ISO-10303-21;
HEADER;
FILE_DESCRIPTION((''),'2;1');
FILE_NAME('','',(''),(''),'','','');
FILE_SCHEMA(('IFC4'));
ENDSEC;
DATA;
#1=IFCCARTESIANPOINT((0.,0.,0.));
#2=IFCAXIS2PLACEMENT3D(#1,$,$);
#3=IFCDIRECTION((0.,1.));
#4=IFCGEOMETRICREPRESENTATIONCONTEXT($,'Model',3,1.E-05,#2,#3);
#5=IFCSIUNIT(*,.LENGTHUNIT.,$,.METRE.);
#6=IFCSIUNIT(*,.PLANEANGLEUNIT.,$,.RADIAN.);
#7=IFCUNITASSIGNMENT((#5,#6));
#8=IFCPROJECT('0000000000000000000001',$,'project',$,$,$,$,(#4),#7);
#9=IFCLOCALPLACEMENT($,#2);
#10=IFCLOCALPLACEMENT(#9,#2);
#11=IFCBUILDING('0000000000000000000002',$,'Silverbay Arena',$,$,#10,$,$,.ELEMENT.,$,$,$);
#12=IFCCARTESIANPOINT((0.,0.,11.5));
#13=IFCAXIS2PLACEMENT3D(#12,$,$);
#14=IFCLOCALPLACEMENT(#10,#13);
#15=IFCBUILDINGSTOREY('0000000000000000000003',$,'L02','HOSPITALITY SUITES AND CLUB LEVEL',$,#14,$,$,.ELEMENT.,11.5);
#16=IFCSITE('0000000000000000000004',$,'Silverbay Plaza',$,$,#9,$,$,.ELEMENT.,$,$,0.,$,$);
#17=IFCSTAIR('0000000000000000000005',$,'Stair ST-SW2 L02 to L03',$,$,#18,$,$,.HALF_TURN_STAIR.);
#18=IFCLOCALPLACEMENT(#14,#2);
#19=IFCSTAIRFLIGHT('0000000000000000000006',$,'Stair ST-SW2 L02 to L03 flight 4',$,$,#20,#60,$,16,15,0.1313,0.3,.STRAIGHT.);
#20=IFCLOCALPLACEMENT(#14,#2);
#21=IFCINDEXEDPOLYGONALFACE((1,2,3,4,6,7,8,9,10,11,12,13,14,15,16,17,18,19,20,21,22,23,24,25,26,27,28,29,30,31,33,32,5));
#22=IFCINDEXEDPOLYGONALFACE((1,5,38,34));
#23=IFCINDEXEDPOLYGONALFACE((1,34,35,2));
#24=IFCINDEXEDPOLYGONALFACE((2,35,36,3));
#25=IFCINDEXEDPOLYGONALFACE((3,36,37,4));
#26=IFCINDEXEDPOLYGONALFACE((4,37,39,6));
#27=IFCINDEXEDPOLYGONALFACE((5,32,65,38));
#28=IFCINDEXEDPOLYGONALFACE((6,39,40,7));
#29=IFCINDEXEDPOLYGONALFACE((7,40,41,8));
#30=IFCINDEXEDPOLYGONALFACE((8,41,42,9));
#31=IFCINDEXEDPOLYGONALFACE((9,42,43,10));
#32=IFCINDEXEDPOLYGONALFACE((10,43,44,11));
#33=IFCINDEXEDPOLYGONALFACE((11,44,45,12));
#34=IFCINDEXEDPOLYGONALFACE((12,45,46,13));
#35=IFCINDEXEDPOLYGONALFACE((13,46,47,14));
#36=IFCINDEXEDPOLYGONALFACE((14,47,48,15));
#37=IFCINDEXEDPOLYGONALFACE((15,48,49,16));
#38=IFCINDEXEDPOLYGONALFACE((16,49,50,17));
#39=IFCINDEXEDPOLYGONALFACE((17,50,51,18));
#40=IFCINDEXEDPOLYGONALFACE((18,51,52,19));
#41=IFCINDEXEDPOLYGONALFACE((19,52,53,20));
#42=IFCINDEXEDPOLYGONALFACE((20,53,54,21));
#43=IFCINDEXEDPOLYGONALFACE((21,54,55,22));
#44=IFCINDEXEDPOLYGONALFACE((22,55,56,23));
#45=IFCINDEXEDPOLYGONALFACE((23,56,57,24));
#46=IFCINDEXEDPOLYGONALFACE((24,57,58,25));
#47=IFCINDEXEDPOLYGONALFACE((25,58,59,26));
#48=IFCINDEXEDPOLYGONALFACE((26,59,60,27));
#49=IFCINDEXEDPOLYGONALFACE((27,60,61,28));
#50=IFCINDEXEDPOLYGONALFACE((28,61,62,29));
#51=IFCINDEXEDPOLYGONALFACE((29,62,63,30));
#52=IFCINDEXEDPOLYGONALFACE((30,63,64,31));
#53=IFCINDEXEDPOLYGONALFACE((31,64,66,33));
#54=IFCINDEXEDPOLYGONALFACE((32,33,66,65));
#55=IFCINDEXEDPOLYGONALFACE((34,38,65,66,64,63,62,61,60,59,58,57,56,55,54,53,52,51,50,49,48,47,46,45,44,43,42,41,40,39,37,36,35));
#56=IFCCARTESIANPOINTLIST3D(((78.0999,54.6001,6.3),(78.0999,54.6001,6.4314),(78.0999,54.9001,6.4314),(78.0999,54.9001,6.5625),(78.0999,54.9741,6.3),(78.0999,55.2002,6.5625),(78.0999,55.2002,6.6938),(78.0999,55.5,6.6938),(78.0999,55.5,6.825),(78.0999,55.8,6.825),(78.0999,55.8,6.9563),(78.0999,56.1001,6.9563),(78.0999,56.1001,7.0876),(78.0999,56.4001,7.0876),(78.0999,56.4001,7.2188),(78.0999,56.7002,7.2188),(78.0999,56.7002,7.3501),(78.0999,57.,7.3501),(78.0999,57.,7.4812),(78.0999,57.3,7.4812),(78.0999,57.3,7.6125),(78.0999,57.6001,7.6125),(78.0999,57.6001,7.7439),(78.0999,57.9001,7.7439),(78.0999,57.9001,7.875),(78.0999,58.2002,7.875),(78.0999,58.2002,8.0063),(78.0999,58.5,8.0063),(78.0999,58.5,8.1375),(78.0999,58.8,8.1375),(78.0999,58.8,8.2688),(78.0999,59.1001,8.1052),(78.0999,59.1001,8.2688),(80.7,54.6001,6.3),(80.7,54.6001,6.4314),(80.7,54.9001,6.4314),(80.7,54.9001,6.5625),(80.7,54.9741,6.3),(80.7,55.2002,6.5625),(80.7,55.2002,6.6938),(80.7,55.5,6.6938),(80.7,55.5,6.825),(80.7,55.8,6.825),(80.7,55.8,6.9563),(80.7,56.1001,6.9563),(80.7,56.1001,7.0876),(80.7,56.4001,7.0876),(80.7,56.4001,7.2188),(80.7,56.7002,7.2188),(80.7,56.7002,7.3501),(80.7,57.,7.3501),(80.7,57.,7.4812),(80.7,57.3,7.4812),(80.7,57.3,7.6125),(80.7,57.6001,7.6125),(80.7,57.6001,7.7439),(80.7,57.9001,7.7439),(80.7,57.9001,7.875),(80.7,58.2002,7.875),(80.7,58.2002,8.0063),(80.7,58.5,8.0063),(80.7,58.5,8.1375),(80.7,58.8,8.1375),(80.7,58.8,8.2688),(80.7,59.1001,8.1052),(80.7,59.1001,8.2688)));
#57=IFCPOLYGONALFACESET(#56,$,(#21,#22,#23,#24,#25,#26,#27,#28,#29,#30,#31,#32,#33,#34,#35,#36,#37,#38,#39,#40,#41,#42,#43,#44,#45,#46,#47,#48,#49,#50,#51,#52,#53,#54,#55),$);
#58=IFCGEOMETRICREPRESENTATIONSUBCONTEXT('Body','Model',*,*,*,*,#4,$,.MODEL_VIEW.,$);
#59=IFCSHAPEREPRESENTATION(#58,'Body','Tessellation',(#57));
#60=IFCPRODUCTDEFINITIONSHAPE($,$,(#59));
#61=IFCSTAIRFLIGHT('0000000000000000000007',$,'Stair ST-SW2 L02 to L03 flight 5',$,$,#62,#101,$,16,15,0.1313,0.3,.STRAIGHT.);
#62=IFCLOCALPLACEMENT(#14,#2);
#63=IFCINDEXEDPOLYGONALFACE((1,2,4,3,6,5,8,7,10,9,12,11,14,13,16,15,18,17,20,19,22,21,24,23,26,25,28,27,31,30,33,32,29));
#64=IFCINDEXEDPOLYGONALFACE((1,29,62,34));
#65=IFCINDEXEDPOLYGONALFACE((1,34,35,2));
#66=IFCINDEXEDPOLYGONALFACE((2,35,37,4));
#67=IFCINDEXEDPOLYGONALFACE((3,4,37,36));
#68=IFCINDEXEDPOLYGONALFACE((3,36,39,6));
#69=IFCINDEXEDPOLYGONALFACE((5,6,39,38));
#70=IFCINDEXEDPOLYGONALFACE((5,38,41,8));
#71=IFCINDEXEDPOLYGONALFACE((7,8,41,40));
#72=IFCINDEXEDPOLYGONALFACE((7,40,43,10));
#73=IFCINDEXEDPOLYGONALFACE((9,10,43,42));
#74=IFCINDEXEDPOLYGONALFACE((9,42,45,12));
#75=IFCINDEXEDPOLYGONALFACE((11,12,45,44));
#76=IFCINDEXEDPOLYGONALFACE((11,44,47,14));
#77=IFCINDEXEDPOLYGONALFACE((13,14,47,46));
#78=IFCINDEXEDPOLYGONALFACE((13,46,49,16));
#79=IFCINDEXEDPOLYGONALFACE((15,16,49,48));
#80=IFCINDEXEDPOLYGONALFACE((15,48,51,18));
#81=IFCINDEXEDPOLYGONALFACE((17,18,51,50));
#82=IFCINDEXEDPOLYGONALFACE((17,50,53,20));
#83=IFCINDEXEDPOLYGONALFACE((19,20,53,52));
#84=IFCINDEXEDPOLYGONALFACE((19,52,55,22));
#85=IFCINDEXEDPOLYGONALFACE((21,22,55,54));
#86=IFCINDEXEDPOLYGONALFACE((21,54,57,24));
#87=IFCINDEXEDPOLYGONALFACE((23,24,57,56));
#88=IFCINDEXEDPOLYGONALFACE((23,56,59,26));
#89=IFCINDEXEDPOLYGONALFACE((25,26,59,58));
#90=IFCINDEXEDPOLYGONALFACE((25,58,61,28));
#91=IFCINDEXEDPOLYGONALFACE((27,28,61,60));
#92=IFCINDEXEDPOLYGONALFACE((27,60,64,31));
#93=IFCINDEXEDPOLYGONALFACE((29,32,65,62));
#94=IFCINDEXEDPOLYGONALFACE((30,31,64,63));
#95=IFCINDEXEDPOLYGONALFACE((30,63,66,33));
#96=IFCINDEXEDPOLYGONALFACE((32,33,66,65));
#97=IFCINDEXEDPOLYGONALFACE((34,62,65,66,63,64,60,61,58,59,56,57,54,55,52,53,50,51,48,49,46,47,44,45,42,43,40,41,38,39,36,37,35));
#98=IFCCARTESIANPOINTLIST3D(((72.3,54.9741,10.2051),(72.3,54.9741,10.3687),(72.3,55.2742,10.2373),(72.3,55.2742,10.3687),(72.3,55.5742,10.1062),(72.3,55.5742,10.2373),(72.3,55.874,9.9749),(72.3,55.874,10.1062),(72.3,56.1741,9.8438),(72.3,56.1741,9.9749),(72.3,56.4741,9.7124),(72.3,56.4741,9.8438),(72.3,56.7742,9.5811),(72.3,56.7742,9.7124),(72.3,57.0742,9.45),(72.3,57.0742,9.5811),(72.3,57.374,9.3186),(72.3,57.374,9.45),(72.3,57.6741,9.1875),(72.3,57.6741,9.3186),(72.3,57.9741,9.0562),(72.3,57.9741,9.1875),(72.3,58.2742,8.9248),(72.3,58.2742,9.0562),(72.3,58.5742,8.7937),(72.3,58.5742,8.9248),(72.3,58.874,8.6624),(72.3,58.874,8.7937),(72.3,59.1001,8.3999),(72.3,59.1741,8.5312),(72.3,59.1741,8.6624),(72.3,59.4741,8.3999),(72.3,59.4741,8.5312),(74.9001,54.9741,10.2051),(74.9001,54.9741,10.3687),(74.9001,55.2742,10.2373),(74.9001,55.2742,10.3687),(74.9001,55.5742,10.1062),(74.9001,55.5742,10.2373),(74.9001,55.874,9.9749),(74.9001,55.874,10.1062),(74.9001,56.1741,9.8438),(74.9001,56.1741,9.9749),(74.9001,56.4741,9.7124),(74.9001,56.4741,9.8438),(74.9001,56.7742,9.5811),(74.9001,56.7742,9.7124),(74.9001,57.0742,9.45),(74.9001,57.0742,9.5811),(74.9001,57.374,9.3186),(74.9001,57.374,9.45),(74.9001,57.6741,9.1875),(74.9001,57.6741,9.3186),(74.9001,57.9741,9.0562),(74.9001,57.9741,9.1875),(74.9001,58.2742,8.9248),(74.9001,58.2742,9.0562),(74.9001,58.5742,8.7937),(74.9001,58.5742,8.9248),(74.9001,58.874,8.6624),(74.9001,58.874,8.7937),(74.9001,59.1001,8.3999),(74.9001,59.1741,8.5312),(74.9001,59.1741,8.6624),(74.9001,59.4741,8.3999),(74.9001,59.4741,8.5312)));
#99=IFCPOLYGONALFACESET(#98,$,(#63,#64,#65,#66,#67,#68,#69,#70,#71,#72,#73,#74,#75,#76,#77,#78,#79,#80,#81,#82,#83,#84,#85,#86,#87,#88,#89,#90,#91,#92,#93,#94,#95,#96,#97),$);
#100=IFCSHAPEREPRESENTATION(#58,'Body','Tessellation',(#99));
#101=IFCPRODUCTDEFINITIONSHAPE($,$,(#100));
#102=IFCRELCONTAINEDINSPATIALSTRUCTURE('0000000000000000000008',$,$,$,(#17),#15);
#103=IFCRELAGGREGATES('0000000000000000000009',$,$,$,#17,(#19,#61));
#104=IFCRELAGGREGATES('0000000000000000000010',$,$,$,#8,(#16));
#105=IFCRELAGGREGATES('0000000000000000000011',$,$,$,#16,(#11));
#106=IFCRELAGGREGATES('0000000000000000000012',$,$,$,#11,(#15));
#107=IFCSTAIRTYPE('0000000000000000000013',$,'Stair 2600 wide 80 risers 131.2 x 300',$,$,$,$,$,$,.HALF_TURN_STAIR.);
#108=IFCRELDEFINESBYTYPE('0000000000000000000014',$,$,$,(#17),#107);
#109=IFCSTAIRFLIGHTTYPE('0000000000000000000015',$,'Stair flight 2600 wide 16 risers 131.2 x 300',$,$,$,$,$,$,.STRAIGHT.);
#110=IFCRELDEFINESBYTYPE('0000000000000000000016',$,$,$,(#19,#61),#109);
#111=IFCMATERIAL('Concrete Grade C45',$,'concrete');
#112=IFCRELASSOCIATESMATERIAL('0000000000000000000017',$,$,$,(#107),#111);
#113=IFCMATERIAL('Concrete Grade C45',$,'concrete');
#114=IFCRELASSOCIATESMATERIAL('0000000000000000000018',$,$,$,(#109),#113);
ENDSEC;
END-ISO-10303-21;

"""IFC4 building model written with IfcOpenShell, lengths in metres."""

from ifc_helpers import new_model, si_unit, direction, frame, origin, place, context, subcontext, project, spatial, polyline, outline, extrude, material, type_object, element, aggregate, save


model = new_model("IFC4")

# Units and contexts
model_context = context("Model", 3, precision=1e-05, world=origin(), true_north=direction((0.0, 1.0)))
body_context = subcontext(model_context, "Body", "Model", "MODEL_VIEW")
ifc_project = project(units=[si_unit("LENGTHUNIT", "METRE"), si_unit("PLANEANGLEUNIT", "RADIAN")], contexts=[model_context])

# Site, building, storey
site_placement = place(None, origin())
site = spatial("IfcSite", under=ifc_project, at=site_placement, Name="Silverbay Plaza", CompositionType="ELEMENT", RefElevation=0.0)
building_placement = place(site_placement, origin())
building = spatial("IfcBuilding", under=site, at=building_placement, Name="Silverbay Arena", CompositionType="ELEMENT")
storey_placement = place(building_placement, frame((0.0, 0.0, 11.5)))
storey = spatial("IfcBuildingStorey", under=building, at=storey_placement, Name="L02", Description="HOSPITALITY SUITES AND CLUB LEVEL", CompositionType="ELEMENT", Elevation=11.5)

# Stair, stair flights
ifc_material_1 = material(Name="Concrete Grade C45", Category="concrete")
stair_type = type_object("IfcStairType", Name="Stair 2600 wide 80 risers 131.2 x 300", PredefinedType="HALF_TURN_STAIR", material=ifc_material_1)
stair_placement = place(storey_placement, origin())
stair = element("IfcStair", 1, at=stair_placement, inside=storey, type_object=stair_type, Name="Stair ST-SW2 L02 to L03", PredefinedType="HALF_TURN_STAIR")
ifc_material_2 = material(Name="Concrete Grade C45", Category="concrete")
stair_flight_type = type_object("IfcStairFlightType", Name="Stair flight 2600 wide 16 risers 131.2 x 300", PredefinedType="STRAIGHT", material=ifc_material_2)
stair_flight_1_placement = place(storey_placement, frame((79.3999, 54.6001, 6.3), z_axis=(0.0, 0.0, 1.0), x_axis=(0.0, 1.0, 0.0)))
stair_flight_1 = element("IfcStairFlight", 2, at=stair_flight_1_placement, type_object=stair_flight_type, Name="Stair ST-SW2 L02 to L03 flight 4", NumberOfRisers=16, NumberOfTreads=15, PredefinedType="STRAIGHT", RiserHeight=0.1313, TreadLength=0.3, context=body_context, shape_type="SweptSolid", body=[
    extrude(outline(polyline([(0.0, 0.0), (0.0, 0.1313), (0.3, 0.1313), (0.3, 0.2625), (0.6001, 0.2625), (0.6001, 0.3938), (0.8999, 0.3938), (0.8999, 0.5249), (1.2, 0.5249), (1.2, 0.6562), (1.5, 0.6562), (1.5, 0.7876), (1.8, 0.7876), (1.8, 0.9187), (2.1001, 0.9187), (2.1001, 1.05), (2.3999, 1.05), (2.3999, 1.1812), (2.7, 1.1812), (2.7, 1.3125), (3.0, 1.3125), (3.0, 1.4438), (3.3, 1.4438), (3.3, 1.575), (3.6001, 1.575), (3.6001, 1.7063), (3.8999, 1.7063), (3.8999, 1.8374), (4.2, 1.8374), (4.2, 1.9688), (4.5, 1.9688), (4.5, 1.8052), (0.374, 0.0), (0.0, 0.0)])), frame((0.0, 1.3, 0.0), z_axis=(0.0, -1.0, 0.0), x_axis=(1.0, 0.0, 0.0)), (0.0, 0.0, 1.0), 2.6001),
])
stair_flight_2_placement = place(storey_placement, frame((73.6001, 59.4741, 8.3999), z_axis=(0.0, 0.0, 1.0), x_axis=(0.0, -1.0, 0.0)))
stair_flight_2 = element("IfcStairFlight", 3, at=stair_flight_2_placement, type_object=stair_flight_type, Name="Stair ST-SW2 L02 to L03 flight 5", NumberOfRisers=16, NumberOfTreads=15, PredefinedType="STRAIGHT", RiserHeight=0.1313, TreadLength=0.3, context=body_context, shape_type="SweptSolid", body=[
    extrude(outline(polyline([(0.0, 0.0), (0.0, 0.1313), (0.3, 0.1313), (0.3, 0.2625), (0.6001, 0.2625), (0.6001, 0.3938), (0.8999, 0.3938), (0.8999, 0.5249), (1.2, 0.5249), (1.2, 0.6562), (1.5, 0.6562), (1.5, 0.7876), (1.8, 0.7876), (1.8, 0.9187), (2.1001, 0.9187), (2.1001, 1.05), (2.3999, 1.05), (2.3999, 1.1812), (2.7, 1.1812), (2.7, 1.3125), (3.0, 1.3125), (3.0, 1.4438), (3.3, 1.4438), (3.3, 1.575), (3.6001, 1.575), (3.6001, 1.7063), (3.8999, 1.7063), (3.8999, 1.8374), (4.2, 1.8374), (4.2, 1.9688), (4.5, 1.9688), (4.5, 1.8052), (0.374, 0.0), (0.0, 0.0)])), frame((0.0, 1.3, 0.0), z_axis=(0.0, -1.0, 0.0), x_axis=(1.0, 0.0, 0.0)), (0.0, 0.0, 1.0), 2.6001),
])
aggregate(stair, [stair_flight_1, stair_flight_2])

save(model, "model.ifc")
